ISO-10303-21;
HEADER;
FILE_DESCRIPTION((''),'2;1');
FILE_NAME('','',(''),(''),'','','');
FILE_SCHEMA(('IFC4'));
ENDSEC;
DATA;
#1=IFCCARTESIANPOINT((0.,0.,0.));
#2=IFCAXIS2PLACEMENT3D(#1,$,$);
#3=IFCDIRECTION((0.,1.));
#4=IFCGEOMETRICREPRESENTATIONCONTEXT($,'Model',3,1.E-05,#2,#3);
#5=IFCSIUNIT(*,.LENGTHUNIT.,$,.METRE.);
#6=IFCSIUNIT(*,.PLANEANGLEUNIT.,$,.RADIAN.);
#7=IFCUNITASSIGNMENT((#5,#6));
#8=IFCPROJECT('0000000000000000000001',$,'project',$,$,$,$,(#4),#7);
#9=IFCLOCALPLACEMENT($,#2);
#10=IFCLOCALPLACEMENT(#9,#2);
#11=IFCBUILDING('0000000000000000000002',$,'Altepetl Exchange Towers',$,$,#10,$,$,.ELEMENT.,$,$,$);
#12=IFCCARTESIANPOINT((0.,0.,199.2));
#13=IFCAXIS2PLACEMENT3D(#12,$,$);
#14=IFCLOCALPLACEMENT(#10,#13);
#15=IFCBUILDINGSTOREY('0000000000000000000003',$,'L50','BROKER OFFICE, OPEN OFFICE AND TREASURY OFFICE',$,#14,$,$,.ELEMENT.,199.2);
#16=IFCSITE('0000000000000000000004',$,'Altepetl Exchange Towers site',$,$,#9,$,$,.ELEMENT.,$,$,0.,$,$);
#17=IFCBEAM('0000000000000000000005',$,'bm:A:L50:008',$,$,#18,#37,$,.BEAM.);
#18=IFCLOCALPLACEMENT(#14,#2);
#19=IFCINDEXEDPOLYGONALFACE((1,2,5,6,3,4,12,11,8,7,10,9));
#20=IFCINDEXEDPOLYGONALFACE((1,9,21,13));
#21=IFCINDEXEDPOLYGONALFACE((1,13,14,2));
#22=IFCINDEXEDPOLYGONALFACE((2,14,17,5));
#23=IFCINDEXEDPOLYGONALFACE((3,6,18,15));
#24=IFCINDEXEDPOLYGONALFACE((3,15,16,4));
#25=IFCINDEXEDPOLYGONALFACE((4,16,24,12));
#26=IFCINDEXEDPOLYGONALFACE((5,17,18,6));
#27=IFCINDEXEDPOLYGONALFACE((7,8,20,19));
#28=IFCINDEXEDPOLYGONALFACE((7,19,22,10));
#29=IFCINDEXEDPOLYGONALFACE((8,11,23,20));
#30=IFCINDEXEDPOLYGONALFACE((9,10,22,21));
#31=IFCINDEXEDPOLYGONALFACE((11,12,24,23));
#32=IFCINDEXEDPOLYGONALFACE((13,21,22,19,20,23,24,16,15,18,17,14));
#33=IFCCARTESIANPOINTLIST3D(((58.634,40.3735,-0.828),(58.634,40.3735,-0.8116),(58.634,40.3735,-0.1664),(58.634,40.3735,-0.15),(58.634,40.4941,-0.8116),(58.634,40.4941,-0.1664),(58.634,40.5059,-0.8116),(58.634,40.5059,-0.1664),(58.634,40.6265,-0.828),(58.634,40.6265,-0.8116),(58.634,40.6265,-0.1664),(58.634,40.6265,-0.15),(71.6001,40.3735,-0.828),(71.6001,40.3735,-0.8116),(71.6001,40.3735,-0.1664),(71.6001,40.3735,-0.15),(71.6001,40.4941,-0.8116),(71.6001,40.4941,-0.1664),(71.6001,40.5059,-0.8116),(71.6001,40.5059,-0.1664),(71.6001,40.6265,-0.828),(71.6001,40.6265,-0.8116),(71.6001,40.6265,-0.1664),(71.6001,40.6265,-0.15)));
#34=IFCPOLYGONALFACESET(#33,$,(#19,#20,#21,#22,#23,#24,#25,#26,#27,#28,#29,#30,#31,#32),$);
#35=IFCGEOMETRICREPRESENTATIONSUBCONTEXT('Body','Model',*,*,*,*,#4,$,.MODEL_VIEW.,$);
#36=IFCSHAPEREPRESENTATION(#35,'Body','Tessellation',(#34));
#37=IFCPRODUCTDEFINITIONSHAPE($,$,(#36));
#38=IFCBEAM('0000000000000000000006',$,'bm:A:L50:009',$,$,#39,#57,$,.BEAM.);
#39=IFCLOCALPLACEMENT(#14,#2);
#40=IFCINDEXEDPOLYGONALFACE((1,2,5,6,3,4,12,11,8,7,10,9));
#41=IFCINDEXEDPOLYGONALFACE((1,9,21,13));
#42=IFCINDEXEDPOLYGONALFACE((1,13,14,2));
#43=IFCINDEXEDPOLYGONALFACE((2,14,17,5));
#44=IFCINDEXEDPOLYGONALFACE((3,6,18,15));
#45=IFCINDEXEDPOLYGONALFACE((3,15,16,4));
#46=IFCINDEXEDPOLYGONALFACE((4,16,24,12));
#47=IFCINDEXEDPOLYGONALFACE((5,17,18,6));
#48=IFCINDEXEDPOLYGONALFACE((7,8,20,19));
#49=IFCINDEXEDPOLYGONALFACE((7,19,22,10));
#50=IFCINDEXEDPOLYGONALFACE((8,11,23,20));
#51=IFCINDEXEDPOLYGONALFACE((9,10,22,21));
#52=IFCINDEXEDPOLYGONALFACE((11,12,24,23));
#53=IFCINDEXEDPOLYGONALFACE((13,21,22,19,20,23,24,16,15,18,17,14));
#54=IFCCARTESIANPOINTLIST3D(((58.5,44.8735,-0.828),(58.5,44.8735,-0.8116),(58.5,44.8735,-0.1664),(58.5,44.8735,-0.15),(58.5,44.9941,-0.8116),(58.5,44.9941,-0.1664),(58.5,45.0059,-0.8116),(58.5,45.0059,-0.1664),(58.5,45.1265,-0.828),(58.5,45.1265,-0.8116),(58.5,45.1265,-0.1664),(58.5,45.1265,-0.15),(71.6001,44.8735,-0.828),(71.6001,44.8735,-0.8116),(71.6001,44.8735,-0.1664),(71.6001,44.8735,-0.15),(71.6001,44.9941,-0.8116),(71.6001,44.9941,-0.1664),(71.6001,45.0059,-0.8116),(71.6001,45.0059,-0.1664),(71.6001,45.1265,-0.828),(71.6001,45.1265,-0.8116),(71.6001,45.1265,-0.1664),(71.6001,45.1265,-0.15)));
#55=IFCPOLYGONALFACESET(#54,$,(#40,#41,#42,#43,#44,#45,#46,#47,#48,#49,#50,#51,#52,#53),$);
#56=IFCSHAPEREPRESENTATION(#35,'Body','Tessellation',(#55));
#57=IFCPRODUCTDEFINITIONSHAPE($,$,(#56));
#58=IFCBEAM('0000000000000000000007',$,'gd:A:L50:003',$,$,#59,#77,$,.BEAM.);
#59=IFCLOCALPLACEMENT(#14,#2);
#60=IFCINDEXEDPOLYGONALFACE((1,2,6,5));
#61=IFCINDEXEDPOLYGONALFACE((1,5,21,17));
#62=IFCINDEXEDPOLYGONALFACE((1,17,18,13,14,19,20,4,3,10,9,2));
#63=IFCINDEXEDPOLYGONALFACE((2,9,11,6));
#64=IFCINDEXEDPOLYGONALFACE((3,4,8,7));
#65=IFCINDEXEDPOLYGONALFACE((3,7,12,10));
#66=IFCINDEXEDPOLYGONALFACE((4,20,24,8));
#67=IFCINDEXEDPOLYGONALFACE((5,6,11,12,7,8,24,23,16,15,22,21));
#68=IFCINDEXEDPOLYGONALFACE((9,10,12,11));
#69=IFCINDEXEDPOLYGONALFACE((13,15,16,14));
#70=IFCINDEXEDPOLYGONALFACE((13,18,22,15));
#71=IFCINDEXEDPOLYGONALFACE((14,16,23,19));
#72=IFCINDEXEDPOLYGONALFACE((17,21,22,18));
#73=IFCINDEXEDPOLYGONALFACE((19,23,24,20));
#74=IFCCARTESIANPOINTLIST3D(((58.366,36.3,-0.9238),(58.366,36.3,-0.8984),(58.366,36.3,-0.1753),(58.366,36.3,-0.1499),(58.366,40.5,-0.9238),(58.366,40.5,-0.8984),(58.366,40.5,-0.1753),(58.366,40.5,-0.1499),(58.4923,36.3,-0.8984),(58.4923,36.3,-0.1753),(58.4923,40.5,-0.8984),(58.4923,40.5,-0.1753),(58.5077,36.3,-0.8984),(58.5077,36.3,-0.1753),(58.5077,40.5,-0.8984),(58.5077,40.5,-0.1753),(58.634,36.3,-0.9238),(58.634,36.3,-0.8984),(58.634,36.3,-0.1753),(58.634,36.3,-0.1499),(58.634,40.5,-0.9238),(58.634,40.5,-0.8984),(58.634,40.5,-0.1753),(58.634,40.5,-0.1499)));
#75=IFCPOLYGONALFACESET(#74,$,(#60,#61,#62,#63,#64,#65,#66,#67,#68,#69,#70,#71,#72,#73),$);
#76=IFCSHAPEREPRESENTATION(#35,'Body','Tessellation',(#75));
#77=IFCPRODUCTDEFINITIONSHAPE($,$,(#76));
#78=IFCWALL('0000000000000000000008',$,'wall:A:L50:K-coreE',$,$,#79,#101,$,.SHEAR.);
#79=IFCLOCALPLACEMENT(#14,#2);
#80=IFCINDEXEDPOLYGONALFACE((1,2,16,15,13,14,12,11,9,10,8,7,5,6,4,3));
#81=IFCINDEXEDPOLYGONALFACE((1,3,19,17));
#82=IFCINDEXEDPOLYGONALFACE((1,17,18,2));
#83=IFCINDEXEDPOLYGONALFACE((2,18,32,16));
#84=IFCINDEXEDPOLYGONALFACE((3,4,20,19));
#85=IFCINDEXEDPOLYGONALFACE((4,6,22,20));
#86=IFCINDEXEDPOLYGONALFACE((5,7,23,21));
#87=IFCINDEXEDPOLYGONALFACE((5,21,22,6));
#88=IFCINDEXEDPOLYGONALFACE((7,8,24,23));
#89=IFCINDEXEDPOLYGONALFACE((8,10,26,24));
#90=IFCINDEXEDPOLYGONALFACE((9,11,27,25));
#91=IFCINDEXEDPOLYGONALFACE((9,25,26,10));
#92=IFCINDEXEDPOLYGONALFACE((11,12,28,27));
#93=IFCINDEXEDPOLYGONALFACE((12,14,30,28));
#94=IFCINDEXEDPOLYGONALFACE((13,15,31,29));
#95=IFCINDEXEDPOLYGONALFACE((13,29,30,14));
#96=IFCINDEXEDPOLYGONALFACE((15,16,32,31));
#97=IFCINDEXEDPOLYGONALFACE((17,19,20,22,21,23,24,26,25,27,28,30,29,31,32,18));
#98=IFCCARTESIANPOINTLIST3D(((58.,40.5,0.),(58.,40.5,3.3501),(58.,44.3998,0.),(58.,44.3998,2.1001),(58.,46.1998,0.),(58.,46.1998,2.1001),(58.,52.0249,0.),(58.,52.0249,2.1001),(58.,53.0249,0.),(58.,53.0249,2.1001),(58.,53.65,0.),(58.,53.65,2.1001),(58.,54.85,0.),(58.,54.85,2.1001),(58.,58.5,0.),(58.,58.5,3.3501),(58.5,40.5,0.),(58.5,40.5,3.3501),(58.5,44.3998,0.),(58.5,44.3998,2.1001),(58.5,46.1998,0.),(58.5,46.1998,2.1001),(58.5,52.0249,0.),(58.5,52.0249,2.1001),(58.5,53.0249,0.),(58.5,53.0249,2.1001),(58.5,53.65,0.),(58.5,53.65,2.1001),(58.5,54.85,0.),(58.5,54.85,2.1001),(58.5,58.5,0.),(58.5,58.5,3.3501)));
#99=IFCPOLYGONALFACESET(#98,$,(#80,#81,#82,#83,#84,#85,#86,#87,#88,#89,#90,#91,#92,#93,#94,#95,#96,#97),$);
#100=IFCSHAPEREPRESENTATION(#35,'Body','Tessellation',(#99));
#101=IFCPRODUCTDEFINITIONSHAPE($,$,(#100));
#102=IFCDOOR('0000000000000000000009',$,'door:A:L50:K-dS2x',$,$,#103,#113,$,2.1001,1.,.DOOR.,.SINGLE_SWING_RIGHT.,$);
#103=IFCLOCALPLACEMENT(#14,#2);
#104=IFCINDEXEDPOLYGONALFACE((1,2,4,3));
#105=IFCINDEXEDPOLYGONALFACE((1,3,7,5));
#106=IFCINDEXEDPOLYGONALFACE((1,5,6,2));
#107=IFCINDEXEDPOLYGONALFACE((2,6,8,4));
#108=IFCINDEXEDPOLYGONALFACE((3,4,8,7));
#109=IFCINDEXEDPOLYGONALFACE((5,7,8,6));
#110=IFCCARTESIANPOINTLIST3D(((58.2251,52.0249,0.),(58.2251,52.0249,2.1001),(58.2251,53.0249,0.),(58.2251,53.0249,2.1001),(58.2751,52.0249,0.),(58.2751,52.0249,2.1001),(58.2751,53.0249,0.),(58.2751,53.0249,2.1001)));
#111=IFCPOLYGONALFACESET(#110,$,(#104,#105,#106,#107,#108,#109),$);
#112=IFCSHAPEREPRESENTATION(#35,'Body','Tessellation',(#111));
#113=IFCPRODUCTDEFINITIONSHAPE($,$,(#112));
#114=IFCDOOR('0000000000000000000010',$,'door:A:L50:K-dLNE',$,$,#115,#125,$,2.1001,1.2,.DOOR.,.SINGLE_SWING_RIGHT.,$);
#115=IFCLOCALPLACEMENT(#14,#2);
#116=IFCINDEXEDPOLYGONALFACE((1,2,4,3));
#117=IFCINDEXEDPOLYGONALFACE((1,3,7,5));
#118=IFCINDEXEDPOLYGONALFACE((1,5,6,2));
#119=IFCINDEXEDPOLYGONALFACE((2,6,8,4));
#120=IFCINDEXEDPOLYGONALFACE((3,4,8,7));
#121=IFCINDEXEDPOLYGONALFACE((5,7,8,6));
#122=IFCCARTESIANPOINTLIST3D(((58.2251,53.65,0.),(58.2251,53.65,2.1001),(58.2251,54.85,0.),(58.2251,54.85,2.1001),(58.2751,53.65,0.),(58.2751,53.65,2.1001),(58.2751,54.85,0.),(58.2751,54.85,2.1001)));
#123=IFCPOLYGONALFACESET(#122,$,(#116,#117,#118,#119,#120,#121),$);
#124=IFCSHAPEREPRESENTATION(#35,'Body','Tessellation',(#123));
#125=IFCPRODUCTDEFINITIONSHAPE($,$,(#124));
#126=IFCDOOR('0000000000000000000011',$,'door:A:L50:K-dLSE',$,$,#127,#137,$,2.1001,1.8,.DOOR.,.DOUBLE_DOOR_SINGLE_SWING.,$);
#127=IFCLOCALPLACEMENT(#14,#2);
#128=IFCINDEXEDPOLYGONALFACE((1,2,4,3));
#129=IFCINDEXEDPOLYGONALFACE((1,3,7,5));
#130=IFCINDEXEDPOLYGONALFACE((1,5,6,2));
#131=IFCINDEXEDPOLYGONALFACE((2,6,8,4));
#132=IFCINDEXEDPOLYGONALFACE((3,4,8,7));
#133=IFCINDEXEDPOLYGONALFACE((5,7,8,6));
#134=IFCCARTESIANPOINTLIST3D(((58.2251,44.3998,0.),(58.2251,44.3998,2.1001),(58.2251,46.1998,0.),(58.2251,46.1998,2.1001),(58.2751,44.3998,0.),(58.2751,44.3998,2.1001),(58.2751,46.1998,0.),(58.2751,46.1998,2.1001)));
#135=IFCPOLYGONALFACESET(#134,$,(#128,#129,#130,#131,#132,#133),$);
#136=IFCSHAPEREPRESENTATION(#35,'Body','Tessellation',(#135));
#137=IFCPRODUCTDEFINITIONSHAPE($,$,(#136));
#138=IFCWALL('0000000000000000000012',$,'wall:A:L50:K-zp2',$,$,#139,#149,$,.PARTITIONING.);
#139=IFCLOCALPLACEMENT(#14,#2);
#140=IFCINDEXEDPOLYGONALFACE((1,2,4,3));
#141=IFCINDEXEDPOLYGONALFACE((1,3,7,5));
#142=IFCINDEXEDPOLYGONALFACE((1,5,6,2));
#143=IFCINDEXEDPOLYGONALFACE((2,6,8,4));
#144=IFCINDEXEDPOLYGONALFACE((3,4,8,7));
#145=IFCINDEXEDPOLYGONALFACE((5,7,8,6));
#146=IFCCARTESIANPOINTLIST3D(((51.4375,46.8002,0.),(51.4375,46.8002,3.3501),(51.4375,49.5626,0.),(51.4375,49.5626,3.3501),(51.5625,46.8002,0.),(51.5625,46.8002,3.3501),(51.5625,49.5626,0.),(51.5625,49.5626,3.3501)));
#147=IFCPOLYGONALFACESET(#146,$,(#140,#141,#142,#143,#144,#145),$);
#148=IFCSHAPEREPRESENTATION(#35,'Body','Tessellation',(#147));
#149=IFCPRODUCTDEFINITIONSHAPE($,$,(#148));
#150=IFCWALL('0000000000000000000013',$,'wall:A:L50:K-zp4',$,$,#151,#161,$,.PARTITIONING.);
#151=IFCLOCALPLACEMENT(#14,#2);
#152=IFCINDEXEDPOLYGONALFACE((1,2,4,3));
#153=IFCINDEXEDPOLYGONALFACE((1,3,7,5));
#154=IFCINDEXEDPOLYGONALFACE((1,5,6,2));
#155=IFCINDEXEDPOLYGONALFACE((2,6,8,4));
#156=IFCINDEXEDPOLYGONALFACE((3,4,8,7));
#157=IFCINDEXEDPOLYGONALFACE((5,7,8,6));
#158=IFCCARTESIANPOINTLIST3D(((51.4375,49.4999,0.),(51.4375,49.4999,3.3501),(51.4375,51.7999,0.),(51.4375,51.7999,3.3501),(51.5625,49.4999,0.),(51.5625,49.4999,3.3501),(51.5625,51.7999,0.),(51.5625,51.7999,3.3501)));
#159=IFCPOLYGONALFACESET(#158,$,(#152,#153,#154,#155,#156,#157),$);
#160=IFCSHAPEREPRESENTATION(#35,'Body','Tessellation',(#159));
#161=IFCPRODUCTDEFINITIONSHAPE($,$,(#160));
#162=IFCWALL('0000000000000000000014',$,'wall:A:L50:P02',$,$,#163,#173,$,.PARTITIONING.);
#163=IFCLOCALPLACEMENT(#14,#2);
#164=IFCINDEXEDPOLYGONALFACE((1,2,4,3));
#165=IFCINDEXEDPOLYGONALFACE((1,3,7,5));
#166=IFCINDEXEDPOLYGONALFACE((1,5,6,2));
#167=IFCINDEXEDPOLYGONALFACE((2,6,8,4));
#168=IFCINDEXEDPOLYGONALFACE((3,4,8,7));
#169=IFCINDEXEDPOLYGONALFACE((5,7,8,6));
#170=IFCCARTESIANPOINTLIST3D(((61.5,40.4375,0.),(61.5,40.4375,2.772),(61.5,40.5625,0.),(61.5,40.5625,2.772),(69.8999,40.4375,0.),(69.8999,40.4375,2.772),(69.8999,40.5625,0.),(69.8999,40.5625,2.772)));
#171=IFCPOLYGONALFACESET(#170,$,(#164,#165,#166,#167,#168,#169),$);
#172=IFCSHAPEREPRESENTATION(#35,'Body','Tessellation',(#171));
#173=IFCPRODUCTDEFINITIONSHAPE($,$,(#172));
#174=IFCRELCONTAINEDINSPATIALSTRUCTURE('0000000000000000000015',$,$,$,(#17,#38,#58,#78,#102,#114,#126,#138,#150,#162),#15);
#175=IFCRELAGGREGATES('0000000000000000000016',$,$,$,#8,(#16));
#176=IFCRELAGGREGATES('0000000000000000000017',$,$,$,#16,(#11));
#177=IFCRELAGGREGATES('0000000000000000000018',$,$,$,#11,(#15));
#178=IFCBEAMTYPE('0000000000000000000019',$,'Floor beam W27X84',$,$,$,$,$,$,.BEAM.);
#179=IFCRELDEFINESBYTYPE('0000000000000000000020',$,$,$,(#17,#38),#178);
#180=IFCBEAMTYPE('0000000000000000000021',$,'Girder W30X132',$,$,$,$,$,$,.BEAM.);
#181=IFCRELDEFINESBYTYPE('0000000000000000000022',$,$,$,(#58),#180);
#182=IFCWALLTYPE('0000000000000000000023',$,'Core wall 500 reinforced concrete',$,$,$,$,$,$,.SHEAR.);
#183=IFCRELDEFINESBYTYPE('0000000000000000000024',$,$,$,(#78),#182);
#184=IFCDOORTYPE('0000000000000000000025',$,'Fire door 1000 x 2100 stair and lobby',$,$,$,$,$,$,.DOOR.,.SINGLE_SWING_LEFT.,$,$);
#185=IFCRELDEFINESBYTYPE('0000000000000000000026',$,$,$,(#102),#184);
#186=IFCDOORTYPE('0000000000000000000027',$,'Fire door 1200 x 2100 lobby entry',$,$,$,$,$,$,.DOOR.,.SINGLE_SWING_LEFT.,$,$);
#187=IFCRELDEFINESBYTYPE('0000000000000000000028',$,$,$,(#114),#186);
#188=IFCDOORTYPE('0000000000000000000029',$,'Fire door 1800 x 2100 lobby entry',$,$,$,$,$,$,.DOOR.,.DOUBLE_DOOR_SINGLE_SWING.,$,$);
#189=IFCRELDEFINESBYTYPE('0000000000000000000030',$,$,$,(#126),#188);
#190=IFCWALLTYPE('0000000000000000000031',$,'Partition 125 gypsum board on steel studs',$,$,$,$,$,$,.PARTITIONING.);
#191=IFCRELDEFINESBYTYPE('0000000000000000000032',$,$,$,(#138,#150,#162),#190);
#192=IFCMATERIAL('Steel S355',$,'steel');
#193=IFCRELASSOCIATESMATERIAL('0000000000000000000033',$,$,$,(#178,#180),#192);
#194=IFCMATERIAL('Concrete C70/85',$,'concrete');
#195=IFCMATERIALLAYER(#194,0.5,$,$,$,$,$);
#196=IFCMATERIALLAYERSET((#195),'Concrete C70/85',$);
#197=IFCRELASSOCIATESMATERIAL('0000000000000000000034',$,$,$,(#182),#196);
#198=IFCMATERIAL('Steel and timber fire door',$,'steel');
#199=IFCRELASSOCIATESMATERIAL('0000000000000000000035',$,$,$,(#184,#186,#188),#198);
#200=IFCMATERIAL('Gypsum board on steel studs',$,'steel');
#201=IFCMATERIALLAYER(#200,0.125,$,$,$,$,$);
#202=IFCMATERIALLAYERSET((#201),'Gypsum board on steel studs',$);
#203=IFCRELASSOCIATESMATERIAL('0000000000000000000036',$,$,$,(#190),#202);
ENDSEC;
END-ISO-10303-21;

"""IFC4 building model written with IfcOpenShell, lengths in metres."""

from ifc_helpers import new_model, si_unit, direction, frame, frame_2d, origin, origin_2d, place, context, subcontext, project, spatial, rectangle, i_section, extrude, material, layer, layer_set, material_profile, profile_set, type_object, element, fill, save


model = new_model("IFC4")

# Units and contexts
model_context = context("Model", 3, precision=1e-05, world=origin(), true_north=direction((0.0, 1.0)))
body_context = subcontext(model_context, "Body", "Model", "MODEL_VIEW")
ifc_project = project(units=[si_unit("LENGTHUNIT", "METRE"), si_unit("PLANEANGLEUNIT", "RADIAN")], contexts=[model_context])

# Site, building, storey
site_placement = place(None, origin())
site = spatial("IfcSite", under=ifc_project, at=site_placement, Name="Altepetl Exchange Towers site", CompositionType="ELEMENT", RefElevation=0.0)
building_placement = place(site_placement, origin())
building = spatial("IfcBuilding", under=site, at=building_placement, Name="Altepetl Exchange Towers", CompositionType="ELEMENT")
storey_placement = place(building_placement, frame((0.0, 0.0, 199.2)))
storey = spatial("IfcBuildingStorey", under=building, at=storey_placement, Name="L50", Description="BROKER OFFICE, OPEN OFFICE AND TREASURY OFFICE", CompositionType="ELEMENT", Elevation=199.2)

# Beams
ifc_material_1 = material(Name="Steel S355", Category="steel")
ifc_material_profile_1 = material_profile(ifc_material_1, i_section(OverallWidth=0.2529, OverallDepth=0.678, WebThickness=0.0117, FlangeThickness=0.0164, at=origin_2d()), Name="W27X84")
ifc_profile_set_1 = profile_set([ifc_material_profile_1], Name="Steel S355")
beam_type_1 = type_object("IfcBeamType", Name="Floor beam W27X84", PredefinedType="BEAM", material=ifc_profile_set_1)
beam_1_placement = place(storey_placement, frame((58.634, 40.5, -0.489), z_axis=(1.0, 0.0, 0.0), x_axis=(0.0, 1.0, 0.0)))
element("IfcBeam", 1, at=beam_1_placement, inside=storey, type_object=beam_type_1, Name="bm:A:L50:008", PredefinedType="BEAM", context=body_context, shape_type="SweptSolid", body=[
    extrude(i_section(OverallWidth=0.2529, OverallDepth=0.678, WebThickness=0.0117, FlangeThickness=0.0164, at=origin_2d()), origin(), (0.0, 0.0, 1.0), 12.9661),
])
beam_2_placement = place(storey_placement, frame((58.5, 45.0, -0.489), z_axis=(1.0, 0.0, 0.0), x_axis=(0.0, 1.0, 0.0)))
element("IfcBeam", 2, at=beam_2_placement, inside=storey, type_object=beam_type_1, Name="bm:A:L50:009", PredefinedType="BEAM", context=body_context, shape_type="SweptSolid", body=[
    extrude(i_section(OverallWidth=0.2529, OverallDepth=0.678, WebThickness=0.0117, FlangeThickness=0.0164, at=origin_2d()), origin(), (0.0, 0.0, 1.0), 13.1001),
])
ifc_material_profile_2 = material_profile(ifc_material_1, i_section(OverallWidth=0.2681, OverallDepth=0.7739, WebThickness=0.0154, FlangeThickness=0.0254, at=origin_2d()), Name="W30X132")
ifc_profile_set_2 = profile_set([ifc_material_profile_2], Name="Steel S355")
beam_type_2 = type_object("IfcBeamType", Name="Girder W30X132", PredefinedType="BEAM", material=ifc_profile_set_2)
beam_3_placement = place(storey_placement, frame((58.5, 40.5, -0.5369), z_axis=(0.0, -1.0, 0.0), x_axis=(1.0, 0.0, 0.0)))
element("IfcBeam", 3, at=beam_3_placement, inside=storey, type_object=beam_type_2, Name="gd:A:L50:003", PredefinedType="BEAM", context=body_context, shape_type="SweptSolid", body=[
    extrude(i_section(OverallWidth=0.2681, OverallDepth=0.7739, WebThickness=0.0154, FlangeThickness=0.0254, at=origin_2d()), origin(), (0.0, 0.0, 1.0), 4.2),
])

# Wall, openings, doors
ifc_material_2 = material(Name="Concrete C70/85", Category="concrete")
ifc_layer_1 = layer(ifc_material_2, 0.5)
ifc_layer_set_1 = layer_set([ifc_layer_1], Name="Concrete C70/85")
wall_type_1 = type_object("IfcWallType", Name="Core wall 500 reinforced concrete", PredefinedType="SHEAR", material=ifc_layer_set_1)
wall_1_placement = place(storey_placement, frame((58.25, 40.5, 0.0), z_axis=(0.0, 0.0, 1.0), x_axis=(0.0, 1.0, 0.0)))
wall_1 = element("IfcWall", 4, at=wall_1_placement, inside=storey, type_object=wall_type_1, Name="wall:A:L50:K-coreE", PredefinedType="SHEAR", context=body_context, shape_type="SweptSolid", body=[
    extrude(rectangle(XDim=18.0, YDim=0.5, at=frame_2d((9.0, 0.0))), origin(), (0.0, 0.0, 1.0), 3.3501),
])
opening_1_placement = place(wall_1_placement, frame((13.1499, 0.0, 0.0)))
opening_1 = element("IfcOpeningElement", 5, at=opening_1_placement, cuts=wall_1, PredefinedType="OPENING", context=body_context, shape_type="SweptSolid", body=[
    extrude(rectangle(XDim=1.2, YDim=2.1001, at=frame_2d((0.6001, 1.05))), frame((0.0, 0.26, 0.0), z_axis=(0.0, -1.0, 0.0), x_axis=(1.0, 0.0, 0.0)), (0.0, 0.0, 1.0), 0.52),
])
opening_2_placement = place(wall_1_placement, frame((3.8999, 0.0, 0.0)))
opening_2 = element("IfcOpeningElement", 6, at=opening_2_placement, cuts=wall_1, PredefinedType="OPENING", context=body_context, shape_type="SweptSolid", body=[
    extrude(rectangle(XDim=1.8, YDim=2.1001, at=frame_2d((0.8999, 1.05))), frame((0.0, 0.26, 0.0), z_axis=(0.0, -1.0, 0.0), x_axis=(1.0, 0.0, 0.0)), (0.0, 0.0, 1.0), 0.52),
])
opening_3_placement = place(wall_1_placement, frame((11.5249, 0.0, 0.0)))
opening_3 = element("IfcOpeningElement", 7, at=opening_3_placement, cuts=wall_1, PredefinedType="OPENING", context=body_context, shape_type="SweptSolid", body=[
    extrude(rectangle(XDim=1.0, YDim=2.1001, at=frame_2d((0.5, 1.05))), frame((0.0, 0.26, 0.0), z_axis=(0.0, -1.0, 0.0), x_axis=(1.0, 0.0, 0.0)), (0.0, 0.0, 1.0), 0.52),
])
ifc_material_3 = material(Name="Steel and timber fire door", Category="steel")
door_type_1 = type_object("IfcDoorType", Name="Fire door 1000 x 2100 stair and lobby", OperationType="SINGLE_SWING_LEFT", PredefinedType="DOOR", material=ifc_material_3)
door_1_placement = place(opening_3_placement, origin())
door_1 = element("IfcDoor", 8, at=door_1_placement, inside=storey, type_object=door_type_1, Name="door:A:L50:K-dS2x", OperationType="SINGLE_SWING_RIGHT", OverallHeight=2.1001, OverallWidth=1.0, PredefinedType="DOOR", context=body_context, shape_type="SweptSolid", body=[
    extrude(rectangle(XDim=1.0, YDim=2.1001, at=frame_2d((0.5, 1.05))), frame((0.0, 0.0249, 0.0), z_axis=(0.0, -1.0, 0.0), x_axis=(1.0, 0.0, 0.0)), (0.0, 0.0, 1.0), 0.05),
])
fill(opening_3, door_1)
door_type_2 = type_object("IfcDoorType", Name="Fire door 1200 x 2100 lobby entry", OperationType="SINGLE_SWING_LEFT", PredefinedType="DOOR", material=ifc_material_3)
door_2_placement = place(opening_1_placement, origin())
door_2 = element("IfcDoor", 9, at=door_2_placement, inside=storey, type_object=door_type_2, Name="door:A:L50:K-dLNE", OperationType="SINGLE_SWING_RIGHT", OverallHeight=2.1001, OverallWidth=1.2, PredefinedType="DOOR", context=body_context, shape_type="SweptSolid", body=[
    extrude(rectangle(XDim=1.2, YDim=2.1001, at=frame_2d((0.6001, 1.05))), frame((0.0, 0.0249, 0.0), z_axis=(0.0, -1.0, 0.0), x_axis=(1.0, 0.0, 0.0)), (0.0, 0.0, 1.0), 0.05),
])
fill(opening_1, door_2)
door_type_3 = type_object("IfcDoorType", Name="Fire door 1800 x 2100 lobby entry", OperationType="DOUBLE_DOOR_SINGLE_SWING", PredefinedType="DOOR", material=ifc_material_3)
door_3_placement = place(opening_2_placement, origin())
door_3 = element("IfcDoor", 10, at=door_3_placement, inside=storey, type_object=door_type_3, Name="door:A:L50:K-dLSE", OperationType="DOUBLE_DOOR_SINGLE_SWING", OverallHeight=2.1001, OverallWidth=1.8, PredefinedType="DOOR", context=body_context, shape_type="SweptSolid", body=[
    extrude(rectangle(XDim=1.8, YDim=2.1001, at=frame_2d((0.8999, 1.05))), frame((0.0, 0.0249, 0.0), z_axis=(0.0, -1.0, 0.0), x_axis=(1.0, 0.0, 0.0)), (0.0, 0.0, 1.0), 0.05),
])
fill(opening_2, door_3)

# Walls
ifc_material_4 = material(Name="Gypsum board on steel studs", Category="steel")
ifc_layer_2 = layer(ifc_material_4, 0.125)
ifc_layer_set_2 = layer_set([ifc_layer_2], Name="Gypsum board on steel studs")
wall_type_2 = type_object("IfcWallType", Name="Partition 125 gypsum board on steel studs", PredefinedType="PARTITIONING", material=ifc_layer_set_2)
wall_2_placement = place(storey_placement, frame((51.5, 46.8, 0.0), z_axis=(0.0, 0.0, 1.0), x_axis=(0.0, 1.0, 0.0)))
element("IfcWall", 11, at=wall_2_placement, inside=storey, type_object=wall_type_2, Name="wall:A:L50:K-zp2", PredefinedType="PARTITIONING", context=body_context, shape_type="SweptSolid", body=[
    extrude(rectangle(XDim=2.7625, YDim=0.125, at=frame_2d((1.3813, 0.0))), origin(), (0.0, 0.0, 1.0), 3.3501),
])
wall_3_placement = place(storey_placement, frame((51.5, 49.5, 0.0), z_axis=(0.0, 0.0, 1.0), x_axis=(0.0, 1.0, 0.0)))
element("IfcWall", 12, at=wall_3_placement, inside=storey, type_object=wall_type_2, Name="wall:A:L50:K-zp4", PredefinedType="PARTITIONING", context=body_context, shape_type="SweptSolid", body=[
    extrude(rectangle(XDim=2.3, YDim=0.125, at=frame_2d((1.1499, 0.0))), origin(), (0.0, 0.0, 1.0), 3.3501),
])
wall_4_placement = place(storey_placement, frame((61.5, 40.5, 0.0)))
element("IfcWall", 13, at=wall_4_placement, inside=storey, type_object=wall_type_2, Name="wall:A:L50:P02", PredefinedType="PARTITIONING", context=body_context, shape_type="SweptSolid", body=[
    extrude(rectangle(XDim=8.3999, YDim=0.125, at=frame_2d((4.2, 0.0))), origin(), (0.0, 0.0, 1.0), 2.772),
])

save(model, "model.ifc")
